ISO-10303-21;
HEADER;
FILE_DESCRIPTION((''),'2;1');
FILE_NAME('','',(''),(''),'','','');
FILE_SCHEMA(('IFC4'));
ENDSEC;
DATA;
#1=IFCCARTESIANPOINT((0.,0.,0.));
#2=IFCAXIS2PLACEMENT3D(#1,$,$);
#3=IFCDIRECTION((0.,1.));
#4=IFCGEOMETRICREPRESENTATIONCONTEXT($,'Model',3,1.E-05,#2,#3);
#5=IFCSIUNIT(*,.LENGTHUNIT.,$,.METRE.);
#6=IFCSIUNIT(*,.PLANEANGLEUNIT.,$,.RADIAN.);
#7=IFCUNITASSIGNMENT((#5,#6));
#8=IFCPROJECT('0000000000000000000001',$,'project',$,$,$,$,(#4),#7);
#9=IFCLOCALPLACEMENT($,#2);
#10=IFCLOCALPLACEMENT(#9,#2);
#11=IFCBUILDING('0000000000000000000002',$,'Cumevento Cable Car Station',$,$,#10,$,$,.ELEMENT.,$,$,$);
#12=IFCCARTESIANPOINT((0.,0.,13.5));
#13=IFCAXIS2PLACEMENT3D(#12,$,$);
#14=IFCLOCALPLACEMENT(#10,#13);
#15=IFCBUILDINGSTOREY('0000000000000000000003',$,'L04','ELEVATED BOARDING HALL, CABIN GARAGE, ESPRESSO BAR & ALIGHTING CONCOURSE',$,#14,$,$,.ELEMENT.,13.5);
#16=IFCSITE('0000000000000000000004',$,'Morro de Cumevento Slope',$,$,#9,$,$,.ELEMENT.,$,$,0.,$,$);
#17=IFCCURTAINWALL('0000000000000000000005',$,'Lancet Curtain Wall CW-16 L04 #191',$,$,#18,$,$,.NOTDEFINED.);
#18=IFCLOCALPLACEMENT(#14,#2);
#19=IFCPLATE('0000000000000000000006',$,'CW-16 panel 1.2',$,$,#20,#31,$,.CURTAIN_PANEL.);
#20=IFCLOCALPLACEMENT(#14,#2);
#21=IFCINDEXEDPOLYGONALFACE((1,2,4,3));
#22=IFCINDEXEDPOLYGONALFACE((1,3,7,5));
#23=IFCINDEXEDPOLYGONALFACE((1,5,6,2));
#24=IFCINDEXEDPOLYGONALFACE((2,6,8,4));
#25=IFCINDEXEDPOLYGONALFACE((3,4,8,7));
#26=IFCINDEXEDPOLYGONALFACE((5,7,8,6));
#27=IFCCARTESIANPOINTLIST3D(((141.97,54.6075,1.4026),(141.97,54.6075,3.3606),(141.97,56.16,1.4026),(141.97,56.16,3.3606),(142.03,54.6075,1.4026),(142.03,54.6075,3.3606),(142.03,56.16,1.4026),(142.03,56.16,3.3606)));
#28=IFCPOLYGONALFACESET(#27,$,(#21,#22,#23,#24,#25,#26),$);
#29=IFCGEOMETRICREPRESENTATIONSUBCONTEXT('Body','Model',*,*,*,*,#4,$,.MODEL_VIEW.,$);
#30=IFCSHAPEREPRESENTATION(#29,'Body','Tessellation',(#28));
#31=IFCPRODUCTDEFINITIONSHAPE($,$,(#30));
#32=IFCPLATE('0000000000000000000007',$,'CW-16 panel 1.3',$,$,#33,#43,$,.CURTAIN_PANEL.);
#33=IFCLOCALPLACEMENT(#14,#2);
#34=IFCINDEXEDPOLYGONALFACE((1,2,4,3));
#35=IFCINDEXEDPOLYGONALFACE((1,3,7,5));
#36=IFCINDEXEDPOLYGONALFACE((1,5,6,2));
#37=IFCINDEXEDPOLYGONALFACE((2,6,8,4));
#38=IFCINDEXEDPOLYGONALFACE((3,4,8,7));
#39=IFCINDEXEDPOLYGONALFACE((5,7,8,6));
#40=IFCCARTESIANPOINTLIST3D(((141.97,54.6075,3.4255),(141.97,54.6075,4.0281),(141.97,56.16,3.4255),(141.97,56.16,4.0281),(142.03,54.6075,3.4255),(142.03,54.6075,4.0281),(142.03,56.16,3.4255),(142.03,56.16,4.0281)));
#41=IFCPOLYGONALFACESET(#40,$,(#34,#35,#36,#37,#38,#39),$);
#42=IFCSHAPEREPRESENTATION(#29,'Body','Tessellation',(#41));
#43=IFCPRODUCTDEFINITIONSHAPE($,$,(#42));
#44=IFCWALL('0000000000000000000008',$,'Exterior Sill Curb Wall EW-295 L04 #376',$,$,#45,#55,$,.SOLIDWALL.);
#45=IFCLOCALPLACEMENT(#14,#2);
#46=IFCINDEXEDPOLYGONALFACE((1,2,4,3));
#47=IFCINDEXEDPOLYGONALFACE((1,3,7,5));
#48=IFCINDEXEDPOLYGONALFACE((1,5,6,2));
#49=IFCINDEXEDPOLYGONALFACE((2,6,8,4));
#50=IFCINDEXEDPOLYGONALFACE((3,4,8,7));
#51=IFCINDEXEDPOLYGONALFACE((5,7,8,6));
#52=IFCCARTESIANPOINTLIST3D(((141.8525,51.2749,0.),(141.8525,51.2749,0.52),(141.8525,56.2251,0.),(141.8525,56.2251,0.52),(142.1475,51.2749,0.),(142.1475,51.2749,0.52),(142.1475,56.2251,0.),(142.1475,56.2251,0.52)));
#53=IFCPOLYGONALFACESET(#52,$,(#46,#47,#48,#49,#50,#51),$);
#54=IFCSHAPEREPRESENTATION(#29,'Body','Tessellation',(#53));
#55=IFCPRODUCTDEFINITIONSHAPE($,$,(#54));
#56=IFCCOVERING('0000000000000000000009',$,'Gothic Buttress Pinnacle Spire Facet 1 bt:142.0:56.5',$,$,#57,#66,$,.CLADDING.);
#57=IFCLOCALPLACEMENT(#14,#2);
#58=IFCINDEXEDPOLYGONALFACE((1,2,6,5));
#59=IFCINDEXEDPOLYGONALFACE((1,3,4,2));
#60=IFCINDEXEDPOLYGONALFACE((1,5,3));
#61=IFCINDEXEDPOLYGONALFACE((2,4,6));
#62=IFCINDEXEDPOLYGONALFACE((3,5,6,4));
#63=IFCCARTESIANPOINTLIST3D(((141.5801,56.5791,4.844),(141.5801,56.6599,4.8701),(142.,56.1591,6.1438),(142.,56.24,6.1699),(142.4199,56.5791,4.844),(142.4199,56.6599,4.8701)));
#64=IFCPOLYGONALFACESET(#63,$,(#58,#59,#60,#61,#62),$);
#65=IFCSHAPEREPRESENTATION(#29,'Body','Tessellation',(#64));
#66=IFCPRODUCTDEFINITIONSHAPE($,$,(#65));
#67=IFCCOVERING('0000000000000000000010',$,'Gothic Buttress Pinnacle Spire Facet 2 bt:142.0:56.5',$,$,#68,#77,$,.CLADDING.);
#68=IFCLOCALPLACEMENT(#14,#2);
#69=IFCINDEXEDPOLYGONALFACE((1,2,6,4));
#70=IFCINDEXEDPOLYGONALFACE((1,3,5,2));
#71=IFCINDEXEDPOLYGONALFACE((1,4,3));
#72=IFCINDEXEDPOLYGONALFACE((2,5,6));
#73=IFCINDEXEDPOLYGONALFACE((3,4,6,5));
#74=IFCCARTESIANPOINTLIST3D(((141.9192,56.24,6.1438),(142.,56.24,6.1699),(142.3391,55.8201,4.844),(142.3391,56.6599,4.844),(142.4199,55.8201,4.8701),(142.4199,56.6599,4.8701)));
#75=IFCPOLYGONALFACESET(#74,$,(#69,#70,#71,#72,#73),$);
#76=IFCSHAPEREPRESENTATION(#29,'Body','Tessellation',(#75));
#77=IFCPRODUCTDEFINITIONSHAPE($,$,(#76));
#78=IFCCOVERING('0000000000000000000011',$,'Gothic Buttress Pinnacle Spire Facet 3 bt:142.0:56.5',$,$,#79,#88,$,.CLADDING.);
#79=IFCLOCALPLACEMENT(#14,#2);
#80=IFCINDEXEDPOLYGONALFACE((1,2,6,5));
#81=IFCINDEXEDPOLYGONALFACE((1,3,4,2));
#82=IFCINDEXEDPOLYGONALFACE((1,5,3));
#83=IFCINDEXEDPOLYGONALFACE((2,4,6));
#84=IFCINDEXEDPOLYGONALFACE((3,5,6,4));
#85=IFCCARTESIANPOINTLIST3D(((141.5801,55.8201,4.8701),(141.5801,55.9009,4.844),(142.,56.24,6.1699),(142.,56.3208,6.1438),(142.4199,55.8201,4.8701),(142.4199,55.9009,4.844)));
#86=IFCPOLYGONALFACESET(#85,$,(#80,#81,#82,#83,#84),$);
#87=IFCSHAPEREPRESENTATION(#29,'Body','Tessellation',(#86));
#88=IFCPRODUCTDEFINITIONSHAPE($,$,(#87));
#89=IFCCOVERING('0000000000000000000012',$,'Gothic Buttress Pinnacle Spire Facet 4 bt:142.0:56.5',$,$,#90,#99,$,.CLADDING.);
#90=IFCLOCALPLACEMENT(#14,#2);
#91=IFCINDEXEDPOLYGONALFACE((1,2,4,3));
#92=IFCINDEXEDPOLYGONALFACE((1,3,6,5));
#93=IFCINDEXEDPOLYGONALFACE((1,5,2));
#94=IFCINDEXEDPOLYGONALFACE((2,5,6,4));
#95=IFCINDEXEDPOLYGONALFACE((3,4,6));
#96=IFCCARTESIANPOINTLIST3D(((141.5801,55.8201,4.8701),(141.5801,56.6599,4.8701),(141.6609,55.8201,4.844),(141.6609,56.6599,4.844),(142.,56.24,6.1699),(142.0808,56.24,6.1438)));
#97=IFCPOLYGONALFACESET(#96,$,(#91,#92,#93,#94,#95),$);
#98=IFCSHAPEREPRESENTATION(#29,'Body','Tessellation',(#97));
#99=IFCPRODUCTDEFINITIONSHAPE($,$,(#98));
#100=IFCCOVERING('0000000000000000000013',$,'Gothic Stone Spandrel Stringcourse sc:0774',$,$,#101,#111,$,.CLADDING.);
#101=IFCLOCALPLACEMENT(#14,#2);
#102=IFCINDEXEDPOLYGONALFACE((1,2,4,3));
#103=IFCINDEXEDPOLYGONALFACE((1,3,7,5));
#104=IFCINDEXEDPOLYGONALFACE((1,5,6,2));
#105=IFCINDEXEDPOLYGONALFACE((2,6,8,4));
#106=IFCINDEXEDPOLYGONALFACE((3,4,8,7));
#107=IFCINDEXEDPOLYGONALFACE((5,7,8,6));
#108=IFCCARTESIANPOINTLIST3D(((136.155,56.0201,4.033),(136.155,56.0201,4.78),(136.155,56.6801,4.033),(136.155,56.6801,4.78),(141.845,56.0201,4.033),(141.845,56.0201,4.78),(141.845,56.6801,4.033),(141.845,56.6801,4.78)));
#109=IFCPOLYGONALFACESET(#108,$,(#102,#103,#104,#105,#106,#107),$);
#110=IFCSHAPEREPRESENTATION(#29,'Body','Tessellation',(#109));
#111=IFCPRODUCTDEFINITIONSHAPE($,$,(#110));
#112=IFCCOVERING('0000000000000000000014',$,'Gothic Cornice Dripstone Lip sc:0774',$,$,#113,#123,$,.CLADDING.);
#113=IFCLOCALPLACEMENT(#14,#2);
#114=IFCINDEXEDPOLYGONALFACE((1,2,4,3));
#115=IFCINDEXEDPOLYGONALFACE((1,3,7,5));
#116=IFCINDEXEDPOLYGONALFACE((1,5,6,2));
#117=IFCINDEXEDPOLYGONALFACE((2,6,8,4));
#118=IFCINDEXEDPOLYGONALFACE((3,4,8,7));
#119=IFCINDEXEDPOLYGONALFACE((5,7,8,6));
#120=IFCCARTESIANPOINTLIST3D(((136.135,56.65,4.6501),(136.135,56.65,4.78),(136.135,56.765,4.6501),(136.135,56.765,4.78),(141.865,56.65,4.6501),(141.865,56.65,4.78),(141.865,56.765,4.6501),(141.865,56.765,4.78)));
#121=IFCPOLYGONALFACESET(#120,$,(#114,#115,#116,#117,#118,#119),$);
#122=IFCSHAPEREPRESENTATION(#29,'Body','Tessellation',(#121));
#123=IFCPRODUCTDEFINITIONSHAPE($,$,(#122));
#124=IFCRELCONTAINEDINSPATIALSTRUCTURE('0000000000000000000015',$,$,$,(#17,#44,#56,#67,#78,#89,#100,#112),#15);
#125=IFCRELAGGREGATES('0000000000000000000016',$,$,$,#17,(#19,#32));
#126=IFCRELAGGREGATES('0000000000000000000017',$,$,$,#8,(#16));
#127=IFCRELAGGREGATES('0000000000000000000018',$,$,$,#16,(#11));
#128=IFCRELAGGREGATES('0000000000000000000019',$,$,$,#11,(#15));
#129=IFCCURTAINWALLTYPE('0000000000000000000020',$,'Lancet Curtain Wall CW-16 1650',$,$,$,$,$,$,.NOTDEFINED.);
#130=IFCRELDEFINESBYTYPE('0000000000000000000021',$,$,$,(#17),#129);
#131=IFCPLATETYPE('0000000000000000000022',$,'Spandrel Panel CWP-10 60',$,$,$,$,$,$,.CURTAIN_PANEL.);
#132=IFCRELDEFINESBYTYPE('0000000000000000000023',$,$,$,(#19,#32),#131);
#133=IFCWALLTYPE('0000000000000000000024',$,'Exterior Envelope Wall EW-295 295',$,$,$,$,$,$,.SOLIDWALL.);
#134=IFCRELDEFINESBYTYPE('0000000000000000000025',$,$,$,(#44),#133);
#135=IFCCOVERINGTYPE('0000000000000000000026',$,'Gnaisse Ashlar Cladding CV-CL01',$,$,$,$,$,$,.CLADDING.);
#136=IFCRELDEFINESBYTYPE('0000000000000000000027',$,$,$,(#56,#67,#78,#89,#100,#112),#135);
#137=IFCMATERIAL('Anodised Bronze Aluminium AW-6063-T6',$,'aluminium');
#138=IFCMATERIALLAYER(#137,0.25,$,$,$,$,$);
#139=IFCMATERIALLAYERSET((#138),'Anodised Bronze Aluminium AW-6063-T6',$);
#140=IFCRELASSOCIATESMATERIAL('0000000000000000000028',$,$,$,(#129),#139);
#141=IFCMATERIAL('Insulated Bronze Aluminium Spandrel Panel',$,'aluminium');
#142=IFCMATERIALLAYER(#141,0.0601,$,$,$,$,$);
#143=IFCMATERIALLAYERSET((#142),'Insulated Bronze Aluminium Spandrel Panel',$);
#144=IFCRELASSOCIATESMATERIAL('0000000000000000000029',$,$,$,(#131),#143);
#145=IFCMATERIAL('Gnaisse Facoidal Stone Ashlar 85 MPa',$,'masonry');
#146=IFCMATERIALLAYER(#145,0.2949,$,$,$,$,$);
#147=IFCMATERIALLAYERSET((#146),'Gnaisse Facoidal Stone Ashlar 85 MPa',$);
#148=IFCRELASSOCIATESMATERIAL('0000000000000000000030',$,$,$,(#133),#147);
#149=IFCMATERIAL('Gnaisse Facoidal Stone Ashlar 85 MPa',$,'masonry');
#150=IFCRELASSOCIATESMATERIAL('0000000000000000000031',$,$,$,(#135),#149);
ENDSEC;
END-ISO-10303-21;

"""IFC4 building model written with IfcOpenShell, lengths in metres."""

from ifc_helpers import new_model, si_unit, direction, frame, frame_2d, origin, origin_2d, place, context, subcontext, project, spatial, polyline, rectangle, outline, extrude, material, layer, layer_set, type_object, element, aggregate, save


model = new_model("IFC4")

# Units and contexts
model_context = context("Model", 3, precision=1e-05, world=origin(), true_north=direction((0.0, 1.0)))
body_context = subcontext(model_context, "Body", "Model", "MODEL_VIEW")
ifc_project = project(units=[si_unit("LENGTHUNIT", "METRE"), si_unit("PLANEANGLEUNIT", "RADIAN")], contexts=[model_context])

# Site, building, storey
site_placement = place(None, origin())
site = spatial("IfcSite", under=ifc_project, at=site_placement, Name="Morro de Cumevento Slope", CompositionType="ELEMENT", RefElevation=0.0)
building_placement = place(site_placement, origin())
building = spatial("IfcBuilding", under=site, at=building_placement, Name="Cumevento Cable Car Station", CompositionType="ELEMENT")
storey_placement = place(building_placement, frame((0.0, 0.0, 13.5)))
storey = spatial("IfcBuildingStorey", under=building, at=storey_placement, Name="L04", Description="ELEVATED BOARDING HALL, CABIN GARAGE, ESPRESSO BAR & ALIGHTING CONCOURSE", CompositionType="ELEMENT", Elevation=13.5)

# Curtain wall, plates
ifc_material_1 = material(Name="Anodised Bronze Aluminium AW-6063-T6", Category="aluminium")
ifc_layer_1 = layer(ifc_material_1, 0.25)
ifc_layer_set_1 = layer_set([ifc_layer_1], Name="Anodised Bronze Aluminium AW-6063-T6")
curtain_wall_type = type_object("IfcCurtainWallType", Name="Lancet Curtain Wall CW-16 1650", PredefinedType="NOTDEFINED", material=ifc_layer_set_1)
curtain_wall_placement = place(storey_placement, origin())
curtain_wall = element("IfcCurtainWall", 1, at=curtain_wall_placement, inside=storey, type_object=curtain_wall_type, Name="Lancet Curtain Wall CW-16 L04 #191", PredefinedType="NOTDEFINED")
ifc_material_2 = material(Name="Insulated Bronze Aluminium Spandrel Panel", Category="aluminium")
ifc_layer_2 = layer(ifc_material_2, 0.0601)
ifc_layer_set_2 = layer_set([ifc_layer_2], Name="Insulated Bronze Aluminium Spandrel Panel")
plate_type = type_object("IfcPlateType", Name="Spandrel Panel CWP-10 60", PredefinedType="CURTAIN_PANEL", material=ifc_layer_set_2)
plate_1_placement = place(storey_placement, frame((142.0, 55.3838, 1.4026), z_axis=(0.0, 0.0, 1.0), x_axis=(0.0, -1.0, 0.0)))
plate_1 = element("IfcPlate", 2, at=plate_1_placement, type_object=plate_type, Name="CW-16 panel 1.2", PredefinedType="CURTAIN_PANEL", context=body_context, shape_type="SweptSolid", body=[
    extrude(rectangle(XDim=1.5525, YDim=0.0601, at=origin_2d()), origin(), (0.0, 0.0, 1.0), 1.958),
])
plate_2_placement = place(storey_placement, frame((142.0, 55.3838, 3.4255), z_axis=(0.0, 0.0, 1.0), x_axis=(0.0, -1.0, 0.0)))
plate_2 = element("IfcPlate", 3, at=plate_2_placement, type_object=plate_type, Name="CW-16 panel 1.3", PredefinedType="CURTAIN_PANEL", context=body_context, shape_type="SweptSolid", body=[
    extrude(rectangle(XDim=1.5525, YDim=0.0601, at=origin_2d()), origin(), (0.0, 0.0, 1.0), 0.6025),
])
aggregate(curtain_wall, [plate_1, plate_2])

# Wall
ifc_material_3 = material(Name="Gnaisse Facoidal Stone Ashlar 85 MPa", Category="masonry")
ifc_layer_3 = layer(ifc_material_3, 0.2949)
ifc_layer_set_3 = layer_set([ifc_layer_3], Name="Gnaisse Facoidal Stone Ashlar 85 MPa")
wall_type = type_object("IfcWallType", Name="Exterior Envelope Wall EW-295 295", PredefinedType="SOLIDWALL", material=ifc_layer_set_3)
wall_placement = place(storey_placement, frame((142.0, 56.2251, 0.0), z_axis=(0.0, 0.0, 1.0), x_axis=(0.0, -1.0, 0.0)))
element("IfcWall", 4, at=wall_placement, inside=storey, type_object=wall_type, Name="Exterior Sill Curb Wall EW-295 L04 #376", PredefinedType="SOLIDWALL", context=body_context, shape_type="SweptSolid", body=[
    extrude(rectangle(XDim=4.9502, YDim=0.2949, at=frame_2d((2.4751, 0.0))), origin(), (0.0, 0.0, 1.0), 0.52),
])

# Coverings
ifc_material_4 = material(Name="Gnaisse Facoidal Stone Ashlar 85 MPa", Category="masonry")
covering_type = type_object("IfcCoveringType", Name="Gnaisse Ashlar Cladding CV-CL01", PredefinedType="CLADDING", material=ifc_material_4)
for number, where, z_axis, x_axis, name in (
    (5, (141.5801, 56.6599, 4.8701), (0.0, 0.951574, 0.307421), (1.0, 0.0, 0.0), "Gothic Buttress Pinnacle Spire Facet 1 bt:142.0:56.5"),
    (6, (142.4199, 56.6599, 4.8701), (0.951574, 0.0, 0.307421), (0.0, -1.0, 0.0), "Gothic Buttress Pinnacle Spire Facet 2 bt:142.0:56.5"),
    (7, (142.4199, 55.8201, 4.8701), (0.0, -0.951574, 0.307421), (-1.0, 0.0, 0.0), "Gothic Buttress Pinnacle Spire Facet 3 bt:142.0:56.5"),
    (8, (141.5801, 55.8201, 4.8701), (-0.951574, 0.0, 0.307421), (0.0, 1.0, 0.0), "Gothic Buttress Pinnacle Spire Facet 4 bt:142.0:56.5"),
):
    element("IfcCovering", number, at=place(storey_placement, frame(where, z_axis=z_axis, x_axis=x_axis)), inside=storey, type_object=covering_type, Name=name, PredefinedType="CLADDING", context=body_context, shape_type="SweptSolid", body=[
        extrude(outline(polyline([(0.0, 0.0), (0.8398, 0.0), (0.4199, -1.366), (0.0, 0.0)])), origin(), (0.0, 0.0, -1.0), 0.085),
    ])
covering_1_placement = place(storey_placement, frame((139.0, 56.3501, 4.033), z_axis=(0.0, 0.0, 1.0), x_axis=(1.0, 0.0, 0.0)))
element("IfcCovering", 9, at=covering_1_placement, inside=storey, type_object=covering_type, Name="Gothic Stone Spandrel Stringcourse sc:0774", PredefinedType="CLADDING", context=body_context, shape_type="SweptSolid", body=[
    extrude(rectangle(XDim=5.6899, YDim=0.6599, at=origin_2d()), origin(), (0.0, 0.0, 1.0), 0.7471),
])
covering_2_placement = place(storey_placement, frame((139.0, 56.7075, 4.6501), z_axis=(0.0, 0.0, 1.0), x_axis=(1.0, 0.0, 0.0)))
element("IfcCovering", 10, at=covering_2_placement, inside=storey, type_object=covering_type, Name="Gothic Cornice Dripstone Lip sc:0774", PredefinedType="CLADDING", context=body_context, shape_type="SweptSolid", body=[
    extrude(rectangle(XDim=5.73, YDim=0.115, at=origin_2d()), origin(), (0.0, 0.0, 1.0), 0.1299),
])

save(model, "model.ifc")
